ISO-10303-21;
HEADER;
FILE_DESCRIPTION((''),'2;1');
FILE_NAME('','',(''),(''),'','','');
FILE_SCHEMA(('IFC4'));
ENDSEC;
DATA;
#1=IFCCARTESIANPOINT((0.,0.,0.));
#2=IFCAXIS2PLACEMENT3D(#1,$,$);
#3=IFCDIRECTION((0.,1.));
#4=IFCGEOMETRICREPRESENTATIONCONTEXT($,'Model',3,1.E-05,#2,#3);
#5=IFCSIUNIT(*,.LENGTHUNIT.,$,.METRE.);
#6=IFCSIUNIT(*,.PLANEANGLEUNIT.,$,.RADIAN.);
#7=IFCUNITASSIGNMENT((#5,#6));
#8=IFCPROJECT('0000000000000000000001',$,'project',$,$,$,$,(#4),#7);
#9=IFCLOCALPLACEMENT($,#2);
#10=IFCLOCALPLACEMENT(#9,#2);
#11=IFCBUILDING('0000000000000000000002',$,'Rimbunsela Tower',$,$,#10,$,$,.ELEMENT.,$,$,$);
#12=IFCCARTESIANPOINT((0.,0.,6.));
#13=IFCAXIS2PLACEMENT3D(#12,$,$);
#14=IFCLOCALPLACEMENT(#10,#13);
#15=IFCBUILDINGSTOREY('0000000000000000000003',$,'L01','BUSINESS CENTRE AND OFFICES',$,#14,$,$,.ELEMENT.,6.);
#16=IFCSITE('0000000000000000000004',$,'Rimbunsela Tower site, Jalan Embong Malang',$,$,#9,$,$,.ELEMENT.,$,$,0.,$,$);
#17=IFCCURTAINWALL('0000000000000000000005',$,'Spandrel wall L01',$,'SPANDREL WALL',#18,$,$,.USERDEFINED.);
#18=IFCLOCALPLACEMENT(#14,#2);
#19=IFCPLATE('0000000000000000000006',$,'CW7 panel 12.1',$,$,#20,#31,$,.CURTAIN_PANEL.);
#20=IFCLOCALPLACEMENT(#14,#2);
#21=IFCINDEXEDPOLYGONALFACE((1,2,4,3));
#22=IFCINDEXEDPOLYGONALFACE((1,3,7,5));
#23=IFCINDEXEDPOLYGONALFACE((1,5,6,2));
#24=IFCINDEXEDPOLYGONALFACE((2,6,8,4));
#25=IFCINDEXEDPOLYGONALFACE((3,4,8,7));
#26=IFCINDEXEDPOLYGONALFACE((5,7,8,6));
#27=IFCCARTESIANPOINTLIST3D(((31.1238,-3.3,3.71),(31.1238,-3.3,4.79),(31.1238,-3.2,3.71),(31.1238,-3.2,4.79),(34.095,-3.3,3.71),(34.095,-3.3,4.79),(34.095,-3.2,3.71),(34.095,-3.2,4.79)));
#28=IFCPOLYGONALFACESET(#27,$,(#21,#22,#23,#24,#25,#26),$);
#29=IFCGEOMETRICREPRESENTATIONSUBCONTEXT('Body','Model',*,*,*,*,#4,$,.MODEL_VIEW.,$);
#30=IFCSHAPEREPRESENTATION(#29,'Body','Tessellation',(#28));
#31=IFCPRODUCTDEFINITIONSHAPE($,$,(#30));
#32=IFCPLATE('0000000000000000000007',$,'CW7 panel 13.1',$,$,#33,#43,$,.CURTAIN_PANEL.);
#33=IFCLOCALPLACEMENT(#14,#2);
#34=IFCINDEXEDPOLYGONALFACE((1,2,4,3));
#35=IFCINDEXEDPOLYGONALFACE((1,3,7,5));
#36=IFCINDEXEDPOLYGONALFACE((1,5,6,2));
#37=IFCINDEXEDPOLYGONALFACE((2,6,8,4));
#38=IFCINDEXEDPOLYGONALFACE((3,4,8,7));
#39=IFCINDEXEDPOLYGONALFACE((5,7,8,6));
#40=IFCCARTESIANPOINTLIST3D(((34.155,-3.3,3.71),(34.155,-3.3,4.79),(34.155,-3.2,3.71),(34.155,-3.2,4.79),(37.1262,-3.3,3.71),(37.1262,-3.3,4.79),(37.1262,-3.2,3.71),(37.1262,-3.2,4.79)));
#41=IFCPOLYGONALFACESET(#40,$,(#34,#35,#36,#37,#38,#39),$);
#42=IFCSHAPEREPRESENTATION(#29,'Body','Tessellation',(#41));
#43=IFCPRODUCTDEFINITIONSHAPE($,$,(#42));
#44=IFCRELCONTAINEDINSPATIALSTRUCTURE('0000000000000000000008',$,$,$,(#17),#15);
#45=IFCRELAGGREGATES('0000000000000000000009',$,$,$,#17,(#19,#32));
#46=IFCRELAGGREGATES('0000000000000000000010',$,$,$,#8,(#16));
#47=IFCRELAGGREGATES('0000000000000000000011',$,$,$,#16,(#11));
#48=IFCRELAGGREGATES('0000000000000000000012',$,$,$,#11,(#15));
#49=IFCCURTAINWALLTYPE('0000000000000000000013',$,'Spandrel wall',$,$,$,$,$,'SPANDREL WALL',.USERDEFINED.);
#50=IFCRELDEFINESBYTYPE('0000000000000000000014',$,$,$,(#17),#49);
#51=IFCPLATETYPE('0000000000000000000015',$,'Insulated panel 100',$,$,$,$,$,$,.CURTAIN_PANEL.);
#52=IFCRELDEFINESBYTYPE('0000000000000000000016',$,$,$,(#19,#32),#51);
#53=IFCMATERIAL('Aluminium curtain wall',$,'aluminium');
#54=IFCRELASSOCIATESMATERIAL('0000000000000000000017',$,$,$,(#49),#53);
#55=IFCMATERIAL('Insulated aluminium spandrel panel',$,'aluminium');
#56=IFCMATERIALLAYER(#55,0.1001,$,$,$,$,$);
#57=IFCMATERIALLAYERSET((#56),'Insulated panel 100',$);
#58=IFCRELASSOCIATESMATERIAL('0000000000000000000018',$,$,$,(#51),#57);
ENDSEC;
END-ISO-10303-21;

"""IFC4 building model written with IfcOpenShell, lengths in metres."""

from ifc_helpers import new_model, si_unit, direction, frame, origin, origin_2d, place, context, subcontext, project, spatial, rectangle, extrude, material, layer, layer_set, type_object, element, aggregate, save


model = new_model("IFC4")

# Units and contexts
model_context = context("Model", 3, precision=1e-05, world=origin(), true_north=direction((0.0, 1.0)))
body_context = subcontext(model_context, "Body", "Model", "MODEL_VIEW")
ifc_project = project(units=[si_unit("LENGTHUNIT", "METRE"), si_unit("PLANEANGLEUNIT", "RADIAN")], contexts=[model_context])

# Site, building, storey
site_placement = place(None, origin())
site = spatial("IfcSite", under=ifc_project, at=site_placement, Name="Rimbunsela Tower site, Jalan Embong Malang", CompositionType="ELEMENT", RefElevation=0.0)
building_placement = place(site_placement, origin())
building = spatial("IfcBuilding", under=site, at=building_placement, Name="Rimbunsela Tower", CompositionType="ELEMENT")
storey_placement = place(building_placement, frame((0.0, 0.0, 6.0)))
storey = spatial("IfcBuildingStorey", under=building, at=storey_placement, Name="L01", Description="BUSINESS CENTRE AND OFFICES", CompositionType="ELEMENT", Elevation=6.0)

# Curtain wall
ifc_material_1 = material(Name="Aluminium curtain wall", Category="aluminium")
curtain_wall_type_1 = type_object("IfcCurtainWallType", Name="Spandrel wall", ElementType="SPANDREL WALL", PredefinedType="USERDEFINED", material=ifc_material_1)
curtain_wall_1_placement = place(storey_placement, origin())
curtain_wall_1 = element("IfcCurtainWall", 1, at=curtain_wall_1_placement, inside=storey, type_object=curtain_wall_type_1, Name="Spandrel wall L01", ObjectType="SPANDREL WALL", PredefinedType="USERDEFINED")

# Plates
ifc_material_2 = material(Name="Insulated aluminium spandrel panel", Category="aluminium")
ifc_layer_1 = layer(ifc_material_2, 0.1001)
ifc_layer_set_1 = layer_set([ifc_layer_1], Name="Insulated panel 100")
plate_type_1 = type_object("IfcPlateType", Name="Insulated panel 100", PredefinedType="CURTAIN_PANEL", material=ifc_layer_set_1)
plate_1_placement = place(storey_placement, frame((32.6094, -3.25, 3.71), z_axis=(0.0, 0.0, 1.0), x_axis=(1.0, 0.0, 0.0)))
plate_1 = element("IfcPlate", 2, at=plate_1_placement, type_object=plate_type_1, Name="CW7 panel 12.1", PredefinedType="CURTAIN_PANEL", context=body_context, shape_type="SweptSolid", body=[
    extrude(rectangle(XDim=2.9712, YDim=0.1001, at=origin_2d()), origin(), (0.0, 0.0, 1.0), 1.0801),
])
plate_2_placement = place(storey_placement, frame((35.6406, -3.25, 3.71), z_axis=(0.0, 0.0, 1.0), x_axis=(1.0, 0.0, 0.0)))
plate_2 = element("IfcPlate", 3, at=plate_2_placement, type_object=plate_type_1, Name="CW7 panel 13.1", PredefinedType="CURTAIN_PANEL", context=body_context, shape_type="SweptSolid", body=[
    extrude(rectangle(XDim=2.9712, YDim=0.1001, at=origin_2d()), origin(), (0.0, 0.0, 1.0), 1.0801),
])
aggregate(curtain_wall_1, [plate_1, plate_2])

save(model, "model.ifc")
